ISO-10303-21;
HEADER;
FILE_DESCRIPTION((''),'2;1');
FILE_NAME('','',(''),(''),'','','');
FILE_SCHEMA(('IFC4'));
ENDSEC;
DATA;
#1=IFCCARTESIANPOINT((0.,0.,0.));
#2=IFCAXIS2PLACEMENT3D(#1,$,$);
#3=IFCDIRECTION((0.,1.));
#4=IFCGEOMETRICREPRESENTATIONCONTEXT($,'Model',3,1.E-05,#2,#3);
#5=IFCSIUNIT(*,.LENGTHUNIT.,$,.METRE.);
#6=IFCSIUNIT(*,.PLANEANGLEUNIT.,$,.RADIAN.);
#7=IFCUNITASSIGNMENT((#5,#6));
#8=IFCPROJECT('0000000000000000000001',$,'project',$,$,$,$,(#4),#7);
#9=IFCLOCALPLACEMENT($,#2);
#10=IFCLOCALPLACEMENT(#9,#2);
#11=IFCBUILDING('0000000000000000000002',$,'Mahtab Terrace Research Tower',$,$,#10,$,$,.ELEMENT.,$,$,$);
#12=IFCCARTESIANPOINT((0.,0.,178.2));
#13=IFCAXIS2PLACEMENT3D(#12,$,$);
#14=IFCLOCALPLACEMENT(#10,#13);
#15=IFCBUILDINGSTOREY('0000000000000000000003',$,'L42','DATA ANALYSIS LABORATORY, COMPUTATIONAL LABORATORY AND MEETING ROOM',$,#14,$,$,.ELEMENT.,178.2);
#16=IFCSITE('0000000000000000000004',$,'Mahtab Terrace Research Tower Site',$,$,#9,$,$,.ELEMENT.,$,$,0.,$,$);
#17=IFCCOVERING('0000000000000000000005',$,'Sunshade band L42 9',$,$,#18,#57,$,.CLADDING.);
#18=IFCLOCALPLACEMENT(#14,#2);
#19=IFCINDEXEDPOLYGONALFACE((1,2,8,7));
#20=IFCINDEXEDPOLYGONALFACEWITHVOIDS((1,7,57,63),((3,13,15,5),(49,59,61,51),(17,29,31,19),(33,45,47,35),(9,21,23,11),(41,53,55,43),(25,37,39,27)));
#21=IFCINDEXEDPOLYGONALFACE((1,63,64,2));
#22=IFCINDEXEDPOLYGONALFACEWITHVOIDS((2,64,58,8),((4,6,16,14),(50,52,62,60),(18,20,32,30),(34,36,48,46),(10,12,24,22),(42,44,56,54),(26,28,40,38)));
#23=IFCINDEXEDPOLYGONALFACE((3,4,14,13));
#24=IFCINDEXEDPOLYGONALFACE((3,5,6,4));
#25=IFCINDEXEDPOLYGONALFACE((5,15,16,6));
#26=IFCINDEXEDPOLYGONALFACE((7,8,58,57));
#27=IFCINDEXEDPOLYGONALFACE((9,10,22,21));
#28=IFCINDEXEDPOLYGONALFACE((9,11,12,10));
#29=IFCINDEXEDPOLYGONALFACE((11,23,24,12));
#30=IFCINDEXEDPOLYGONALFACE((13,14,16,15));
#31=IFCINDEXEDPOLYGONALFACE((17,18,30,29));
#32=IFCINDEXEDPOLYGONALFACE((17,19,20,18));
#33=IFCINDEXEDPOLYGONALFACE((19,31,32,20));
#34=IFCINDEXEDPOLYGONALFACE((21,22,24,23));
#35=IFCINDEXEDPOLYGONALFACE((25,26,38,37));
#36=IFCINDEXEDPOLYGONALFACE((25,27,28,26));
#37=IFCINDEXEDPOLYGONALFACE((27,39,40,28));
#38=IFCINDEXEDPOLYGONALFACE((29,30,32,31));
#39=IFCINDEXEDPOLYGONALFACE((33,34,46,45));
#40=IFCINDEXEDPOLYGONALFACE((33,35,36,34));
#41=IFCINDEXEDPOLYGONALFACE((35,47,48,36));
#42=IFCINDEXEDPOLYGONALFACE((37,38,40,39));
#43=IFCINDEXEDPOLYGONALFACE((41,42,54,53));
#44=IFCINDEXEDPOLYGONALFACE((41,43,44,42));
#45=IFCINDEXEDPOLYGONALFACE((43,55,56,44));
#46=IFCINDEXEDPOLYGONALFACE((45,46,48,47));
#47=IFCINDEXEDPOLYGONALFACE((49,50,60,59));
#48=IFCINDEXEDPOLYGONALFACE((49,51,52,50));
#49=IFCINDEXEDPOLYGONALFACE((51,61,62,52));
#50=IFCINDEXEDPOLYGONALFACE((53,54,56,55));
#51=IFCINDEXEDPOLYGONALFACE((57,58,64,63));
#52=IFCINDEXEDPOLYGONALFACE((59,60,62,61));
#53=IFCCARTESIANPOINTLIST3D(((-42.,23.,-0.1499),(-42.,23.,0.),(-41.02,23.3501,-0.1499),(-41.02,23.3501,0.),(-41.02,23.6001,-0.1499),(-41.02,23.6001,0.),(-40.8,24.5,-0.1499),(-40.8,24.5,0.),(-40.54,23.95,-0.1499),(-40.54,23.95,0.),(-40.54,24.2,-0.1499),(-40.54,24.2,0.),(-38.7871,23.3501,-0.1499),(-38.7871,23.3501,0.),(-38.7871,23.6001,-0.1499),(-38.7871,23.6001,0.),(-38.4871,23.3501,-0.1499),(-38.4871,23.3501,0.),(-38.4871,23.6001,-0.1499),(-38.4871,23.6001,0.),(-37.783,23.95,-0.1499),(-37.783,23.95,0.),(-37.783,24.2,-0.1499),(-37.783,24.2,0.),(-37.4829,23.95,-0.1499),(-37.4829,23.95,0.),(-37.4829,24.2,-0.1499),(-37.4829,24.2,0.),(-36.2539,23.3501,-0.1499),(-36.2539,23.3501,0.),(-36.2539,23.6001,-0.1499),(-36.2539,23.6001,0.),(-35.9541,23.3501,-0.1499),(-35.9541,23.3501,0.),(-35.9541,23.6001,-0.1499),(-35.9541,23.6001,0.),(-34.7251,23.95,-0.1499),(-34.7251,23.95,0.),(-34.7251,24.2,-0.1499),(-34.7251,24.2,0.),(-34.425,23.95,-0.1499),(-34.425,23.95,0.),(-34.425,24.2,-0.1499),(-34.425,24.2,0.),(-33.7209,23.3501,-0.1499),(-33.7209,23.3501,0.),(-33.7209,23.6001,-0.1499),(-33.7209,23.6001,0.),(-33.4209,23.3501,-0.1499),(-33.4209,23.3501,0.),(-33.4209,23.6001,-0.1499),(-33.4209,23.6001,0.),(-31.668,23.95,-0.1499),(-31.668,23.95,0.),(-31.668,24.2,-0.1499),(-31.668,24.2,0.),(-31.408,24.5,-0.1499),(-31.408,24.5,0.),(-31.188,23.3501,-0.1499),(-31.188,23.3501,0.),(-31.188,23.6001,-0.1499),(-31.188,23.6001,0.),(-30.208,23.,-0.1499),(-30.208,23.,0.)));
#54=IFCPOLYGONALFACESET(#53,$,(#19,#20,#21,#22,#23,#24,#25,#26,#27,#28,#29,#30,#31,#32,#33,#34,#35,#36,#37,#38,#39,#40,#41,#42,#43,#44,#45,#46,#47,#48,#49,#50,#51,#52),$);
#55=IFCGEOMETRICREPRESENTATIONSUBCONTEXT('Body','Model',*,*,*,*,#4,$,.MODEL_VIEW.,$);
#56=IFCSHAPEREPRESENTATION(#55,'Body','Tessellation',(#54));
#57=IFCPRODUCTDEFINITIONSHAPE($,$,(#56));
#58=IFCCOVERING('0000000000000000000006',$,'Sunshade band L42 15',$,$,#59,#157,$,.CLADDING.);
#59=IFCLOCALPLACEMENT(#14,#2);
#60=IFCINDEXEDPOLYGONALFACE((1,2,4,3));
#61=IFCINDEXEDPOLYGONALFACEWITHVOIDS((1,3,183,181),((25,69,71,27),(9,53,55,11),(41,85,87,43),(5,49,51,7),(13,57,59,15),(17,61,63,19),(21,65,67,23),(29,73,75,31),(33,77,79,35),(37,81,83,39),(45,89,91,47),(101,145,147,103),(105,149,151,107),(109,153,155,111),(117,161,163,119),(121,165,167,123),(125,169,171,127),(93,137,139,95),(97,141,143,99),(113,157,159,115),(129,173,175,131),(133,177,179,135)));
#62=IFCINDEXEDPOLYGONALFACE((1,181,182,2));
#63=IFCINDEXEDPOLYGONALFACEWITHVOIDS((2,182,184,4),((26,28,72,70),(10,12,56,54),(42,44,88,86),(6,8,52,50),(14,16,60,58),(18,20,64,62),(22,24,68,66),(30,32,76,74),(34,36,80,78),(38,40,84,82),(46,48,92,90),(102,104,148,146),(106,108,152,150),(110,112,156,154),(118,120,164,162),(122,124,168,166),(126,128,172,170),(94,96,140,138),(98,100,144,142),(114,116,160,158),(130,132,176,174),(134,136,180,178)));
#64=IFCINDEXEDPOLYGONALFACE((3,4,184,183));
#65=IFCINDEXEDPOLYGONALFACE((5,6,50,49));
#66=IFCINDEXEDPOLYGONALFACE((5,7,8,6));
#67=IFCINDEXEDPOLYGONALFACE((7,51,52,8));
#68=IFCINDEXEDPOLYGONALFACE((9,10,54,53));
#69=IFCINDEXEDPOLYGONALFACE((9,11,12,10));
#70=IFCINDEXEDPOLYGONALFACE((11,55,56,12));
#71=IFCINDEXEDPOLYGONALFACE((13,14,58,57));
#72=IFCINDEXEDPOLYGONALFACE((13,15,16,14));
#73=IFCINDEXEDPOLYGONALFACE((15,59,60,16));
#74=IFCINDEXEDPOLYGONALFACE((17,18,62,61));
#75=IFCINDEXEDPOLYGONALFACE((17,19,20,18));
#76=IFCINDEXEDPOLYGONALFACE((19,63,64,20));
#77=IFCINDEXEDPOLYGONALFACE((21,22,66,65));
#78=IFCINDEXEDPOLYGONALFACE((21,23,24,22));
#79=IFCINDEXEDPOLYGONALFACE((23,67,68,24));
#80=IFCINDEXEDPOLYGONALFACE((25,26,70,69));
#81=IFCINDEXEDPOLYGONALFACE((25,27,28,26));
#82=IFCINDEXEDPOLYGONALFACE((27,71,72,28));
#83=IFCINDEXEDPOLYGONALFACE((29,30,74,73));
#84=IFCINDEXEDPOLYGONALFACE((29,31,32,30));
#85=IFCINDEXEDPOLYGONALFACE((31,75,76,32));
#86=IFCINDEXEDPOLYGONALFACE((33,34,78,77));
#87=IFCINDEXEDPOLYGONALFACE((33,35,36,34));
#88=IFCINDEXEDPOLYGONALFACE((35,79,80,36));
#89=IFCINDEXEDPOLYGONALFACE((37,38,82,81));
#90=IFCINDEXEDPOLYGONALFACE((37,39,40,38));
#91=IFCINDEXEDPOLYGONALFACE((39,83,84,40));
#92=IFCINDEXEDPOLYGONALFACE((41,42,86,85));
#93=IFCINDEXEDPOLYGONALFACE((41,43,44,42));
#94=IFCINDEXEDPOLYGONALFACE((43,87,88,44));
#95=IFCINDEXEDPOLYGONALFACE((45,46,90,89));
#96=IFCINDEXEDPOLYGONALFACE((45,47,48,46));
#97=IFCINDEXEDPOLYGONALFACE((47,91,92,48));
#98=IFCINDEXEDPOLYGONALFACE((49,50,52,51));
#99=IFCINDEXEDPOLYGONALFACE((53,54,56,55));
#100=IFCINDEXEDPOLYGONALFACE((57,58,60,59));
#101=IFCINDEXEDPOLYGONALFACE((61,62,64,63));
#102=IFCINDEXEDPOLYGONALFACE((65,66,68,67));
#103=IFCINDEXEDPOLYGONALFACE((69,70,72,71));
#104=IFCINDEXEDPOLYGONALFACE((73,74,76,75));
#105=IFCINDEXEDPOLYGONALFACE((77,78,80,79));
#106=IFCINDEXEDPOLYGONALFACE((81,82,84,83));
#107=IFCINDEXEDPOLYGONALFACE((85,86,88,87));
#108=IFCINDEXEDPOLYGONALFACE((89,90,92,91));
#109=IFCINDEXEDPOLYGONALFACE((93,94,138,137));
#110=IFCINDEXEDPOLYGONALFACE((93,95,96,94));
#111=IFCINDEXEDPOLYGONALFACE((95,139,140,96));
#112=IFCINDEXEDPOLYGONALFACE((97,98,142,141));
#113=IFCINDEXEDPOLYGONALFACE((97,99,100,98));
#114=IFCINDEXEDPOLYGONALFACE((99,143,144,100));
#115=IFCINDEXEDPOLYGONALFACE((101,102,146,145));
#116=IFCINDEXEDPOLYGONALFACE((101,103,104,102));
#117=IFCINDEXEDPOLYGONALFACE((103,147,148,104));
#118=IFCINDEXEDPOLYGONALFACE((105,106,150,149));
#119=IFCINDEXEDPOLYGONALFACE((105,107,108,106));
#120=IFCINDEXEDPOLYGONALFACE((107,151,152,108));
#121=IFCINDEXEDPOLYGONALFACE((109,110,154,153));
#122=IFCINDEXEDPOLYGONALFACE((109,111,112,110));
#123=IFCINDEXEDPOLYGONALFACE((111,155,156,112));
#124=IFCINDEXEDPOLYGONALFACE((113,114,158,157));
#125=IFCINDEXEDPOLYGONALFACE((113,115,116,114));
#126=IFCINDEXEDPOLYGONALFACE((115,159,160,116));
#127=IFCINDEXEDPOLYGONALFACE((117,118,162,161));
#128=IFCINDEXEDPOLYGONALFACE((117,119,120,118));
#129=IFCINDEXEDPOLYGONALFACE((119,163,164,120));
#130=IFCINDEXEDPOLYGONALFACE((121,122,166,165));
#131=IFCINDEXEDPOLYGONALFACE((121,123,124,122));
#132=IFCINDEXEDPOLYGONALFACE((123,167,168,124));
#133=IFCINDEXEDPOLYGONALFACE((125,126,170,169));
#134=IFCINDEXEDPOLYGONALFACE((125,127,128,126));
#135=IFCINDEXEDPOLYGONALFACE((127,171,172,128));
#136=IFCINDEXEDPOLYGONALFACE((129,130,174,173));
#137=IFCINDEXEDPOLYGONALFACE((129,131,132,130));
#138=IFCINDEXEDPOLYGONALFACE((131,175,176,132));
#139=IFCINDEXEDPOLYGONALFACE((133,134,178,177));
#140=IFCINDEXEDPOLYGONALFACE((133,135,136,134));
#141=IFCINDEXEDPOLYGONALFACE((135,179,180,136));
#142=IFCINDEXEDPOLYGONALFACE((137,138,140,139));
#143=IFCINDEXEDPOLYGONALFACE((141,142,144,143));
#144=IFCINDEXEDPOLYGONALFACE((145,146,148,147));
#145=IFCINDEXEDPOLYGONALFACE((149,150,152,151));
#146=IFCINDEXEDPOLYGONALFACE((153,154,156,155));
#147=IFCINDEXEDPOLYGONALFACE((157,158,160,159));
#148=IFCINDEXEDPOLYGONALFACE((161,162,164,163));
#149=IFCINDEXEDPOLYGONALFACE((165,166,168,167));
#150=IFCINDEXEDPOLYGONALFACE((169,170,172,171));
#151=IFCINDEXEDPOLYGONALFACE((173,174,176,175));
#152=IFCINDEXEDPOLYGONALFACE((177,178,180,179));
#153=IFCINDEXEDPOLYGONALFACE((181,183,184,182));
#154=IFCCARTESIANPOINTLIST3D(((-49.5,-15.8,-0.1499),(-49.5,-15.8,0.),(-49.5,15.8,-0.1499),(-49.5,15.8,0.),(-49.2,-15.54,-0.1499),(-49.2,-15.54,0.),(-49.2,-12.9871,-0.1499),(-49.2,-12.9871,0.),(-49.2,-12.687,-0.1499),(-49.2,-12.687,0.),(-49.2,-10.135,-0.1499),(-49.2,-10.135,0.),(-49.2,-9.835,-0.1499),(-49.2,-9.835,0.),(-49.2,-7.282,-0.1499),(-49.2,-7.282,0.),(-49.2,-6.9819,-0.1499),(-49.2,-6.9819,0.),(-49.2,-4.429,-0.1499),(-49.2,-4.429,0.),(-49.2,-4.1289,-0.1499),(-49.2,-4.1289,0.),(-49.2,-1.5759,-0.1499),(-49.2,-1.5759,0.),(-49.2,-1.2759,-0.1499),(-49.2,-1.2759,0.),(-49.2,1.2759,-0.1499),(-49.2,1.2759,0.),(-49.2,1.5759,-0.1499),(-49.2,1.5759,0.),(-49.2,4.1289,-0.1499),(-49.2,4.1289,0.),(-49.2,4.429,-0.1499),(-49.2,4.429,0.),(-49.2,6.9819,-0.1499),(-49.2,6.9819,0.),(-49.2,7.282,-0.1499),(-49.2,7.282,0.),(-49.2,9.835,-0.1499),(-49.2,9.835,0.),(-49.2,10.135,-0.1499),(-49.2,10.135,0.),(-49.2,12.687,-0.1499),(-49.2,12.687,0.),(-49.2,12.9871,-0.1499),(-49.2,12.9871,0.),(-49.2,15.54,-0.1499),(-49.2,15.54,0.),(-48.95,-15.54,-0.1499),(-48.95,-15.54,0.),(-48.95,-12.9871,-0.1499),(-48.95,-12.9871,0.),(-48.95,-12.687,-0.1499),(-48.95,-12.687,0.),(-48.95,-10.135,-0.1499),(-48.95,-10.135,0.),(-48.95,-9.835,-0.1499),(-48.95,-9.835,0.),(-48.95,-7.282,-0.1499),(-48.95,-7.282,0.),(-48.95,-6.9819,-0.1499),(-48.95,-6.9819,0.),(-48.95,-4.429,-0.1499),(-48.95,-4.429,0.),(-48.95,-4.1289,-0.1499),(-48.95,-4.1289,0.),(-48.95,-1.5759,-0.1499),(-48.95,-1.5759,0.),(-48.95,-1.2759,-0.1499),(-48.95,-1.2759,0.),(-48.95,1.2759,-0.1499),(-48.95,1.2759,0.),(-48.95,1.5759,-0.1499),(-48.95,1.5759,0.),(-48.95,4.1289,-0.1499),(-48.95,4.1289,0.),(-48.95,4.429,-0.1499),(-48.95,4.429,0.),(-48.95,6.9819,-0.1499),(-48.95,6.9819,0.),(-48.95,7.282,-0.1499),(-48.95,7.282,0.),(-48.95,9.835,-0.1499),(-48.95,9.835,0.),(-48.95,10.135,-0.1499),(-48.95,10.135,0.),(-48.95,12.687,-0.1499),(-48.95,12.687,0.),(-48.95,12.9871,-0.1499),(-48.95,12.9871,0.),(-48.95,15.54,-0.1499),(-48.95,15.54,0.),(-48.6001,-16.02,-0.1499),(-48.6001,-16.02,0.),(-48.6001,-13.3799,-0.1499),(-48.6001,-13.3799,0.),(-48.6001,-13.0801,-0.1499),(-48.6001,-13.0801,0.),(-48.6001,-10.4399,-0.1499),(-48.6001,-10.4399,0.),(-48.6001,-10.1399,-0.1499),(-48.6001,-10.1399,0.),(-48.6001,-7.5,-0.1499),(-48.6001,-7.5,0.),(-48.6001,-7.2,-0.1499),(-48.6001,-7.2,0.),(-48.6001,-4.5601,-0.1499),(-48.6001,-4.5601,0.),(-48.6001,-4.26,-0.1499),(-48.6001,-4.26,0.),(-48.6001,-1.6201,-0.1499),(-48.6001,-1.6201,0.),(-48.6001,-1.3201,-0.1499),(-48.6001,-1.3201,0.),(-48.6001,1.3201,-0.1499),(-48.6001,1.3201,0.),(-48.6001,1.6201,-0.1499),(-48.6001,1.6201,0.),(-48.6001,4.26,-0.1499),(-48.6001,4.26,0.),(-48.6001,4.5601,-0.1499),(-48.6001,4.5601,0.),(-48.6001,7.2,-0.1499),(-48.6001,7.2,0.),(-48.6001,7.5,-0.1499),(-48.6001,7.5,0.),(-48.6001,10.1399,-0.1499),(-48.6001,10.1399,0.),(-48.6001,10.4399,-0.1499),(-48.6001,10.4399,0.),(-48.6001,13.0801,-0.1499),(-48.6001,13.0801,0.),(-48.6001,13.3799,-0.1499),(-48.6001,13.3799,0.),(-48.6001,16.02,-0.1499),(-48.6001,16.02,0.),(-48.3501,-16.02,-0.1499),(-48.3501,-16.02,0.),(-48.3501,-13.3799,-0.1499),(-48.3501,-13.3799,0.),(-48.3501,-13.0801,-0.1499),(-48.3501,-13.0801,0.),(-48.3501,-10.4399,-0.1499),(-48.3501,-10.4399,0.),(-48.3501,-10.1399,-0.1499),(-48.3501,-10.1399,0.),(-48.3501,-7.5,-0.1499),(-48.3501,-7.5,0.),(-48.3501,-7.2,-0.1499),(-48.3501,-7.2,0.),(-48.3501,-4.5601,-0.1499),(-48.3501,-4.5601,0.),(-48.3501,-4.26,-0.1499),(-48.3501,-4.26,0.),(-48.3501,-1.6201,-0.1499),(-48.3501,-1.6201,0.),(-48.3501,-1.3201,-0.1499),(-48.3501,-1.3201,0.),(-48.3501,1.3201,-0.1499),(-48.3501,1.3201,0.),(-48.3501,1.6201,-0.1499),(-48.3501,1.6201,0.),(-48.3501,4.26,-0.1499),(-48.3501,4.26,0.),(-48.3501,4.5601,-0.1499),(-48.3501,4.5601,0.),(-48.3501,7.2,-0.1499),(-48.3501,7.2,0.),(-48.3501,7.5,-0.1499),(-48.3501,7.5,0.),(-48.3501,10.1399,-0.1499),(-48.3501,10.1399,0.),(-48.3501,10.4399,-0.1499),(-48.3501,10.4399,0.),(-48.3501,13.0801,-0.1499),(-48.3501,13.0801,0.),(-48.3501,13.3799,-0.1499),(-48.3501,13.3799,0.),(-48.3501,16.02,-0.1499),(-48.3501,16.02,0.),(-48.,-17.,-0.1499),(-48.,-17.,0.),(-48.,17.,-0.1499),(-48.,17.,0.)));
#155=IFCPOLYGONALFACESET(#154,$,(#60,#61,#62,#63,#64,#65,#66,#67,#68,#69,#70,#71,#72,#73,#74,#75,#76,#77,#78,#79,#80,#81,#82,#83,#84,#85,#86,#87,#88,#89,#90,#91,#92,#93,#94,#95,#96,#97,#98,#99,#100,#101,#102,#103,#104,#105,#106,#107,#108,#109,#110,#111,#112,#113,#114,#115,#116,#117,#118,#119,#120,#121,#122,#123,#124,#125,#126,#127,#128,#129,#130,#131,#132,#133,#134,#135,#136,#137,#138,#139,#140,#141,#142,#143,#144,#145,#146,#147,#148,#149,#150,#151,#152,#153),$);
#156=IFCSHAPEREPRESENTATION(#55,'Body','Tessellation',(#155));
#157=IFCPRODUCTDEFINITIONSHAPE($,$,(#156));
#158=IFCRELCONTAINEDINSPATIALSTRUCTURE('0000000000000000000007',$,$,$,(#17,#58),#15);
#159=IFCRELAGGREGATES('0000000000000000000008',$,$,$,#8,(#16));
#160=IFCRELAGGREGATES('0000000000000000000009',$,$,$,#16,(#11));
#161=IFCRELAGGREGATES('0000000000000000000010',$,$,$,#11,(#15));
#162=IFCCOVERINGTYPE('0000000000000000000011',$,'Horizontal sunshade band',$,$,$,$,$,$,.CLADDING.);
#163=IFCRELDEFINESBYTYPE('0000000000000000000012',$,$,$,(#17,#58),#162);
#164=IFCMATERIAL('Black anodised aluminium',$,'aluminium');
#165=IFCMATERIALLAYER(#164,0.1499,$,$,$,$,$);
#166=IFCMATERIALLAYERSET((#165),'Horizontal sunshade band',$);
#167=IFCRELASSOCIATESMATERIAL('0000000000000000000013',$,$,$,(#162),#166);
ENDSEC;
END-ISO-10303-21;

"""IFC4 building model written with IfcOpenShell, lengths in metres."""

from ifc_helpers import new_model, si_unit, direction, frame, origin, place, context, subcontext, project, spatial, polyline, outline, extrude, material, layer, layer_set, type_object, element, save


model = new_model("IFC4")

# Units and contexts
model_context = context("Model", 3, precision=1e-05, world=origin(), true_north=direction((0.0, 1.0)))
body_context = subcontext(model_context, "Body", "Model", "MODEL_VIEW")
ifc_project = project(units=[si_unit("LENGTHUNIT", "METRE"), si_unit("PLANEANGLEUNIT", "RADIAN")], contexts=[model_context])

# Site, building, storey
site_placement = place(None, origin())
site = spatial("IfcSite", under=ifc_project, at=site_placement, Name="Mahtab Terrace Research Tower Site", CompositionType="ELEMENT", RefElevation=0.0)
building_placement = place(site_placement, origin())
building = spatial("IfcBuilding", under=site, at=building_placement, Name="Mahtab Terrace Research Tower", CompositionType="ELEMENT")
storey_placement = place(building_placement, frame((0.0, 0.0, 178.2)))
storey = spatial("IfcBuildingStorey", under=building, at=storey_placement, Name="L42", Description="DATA ANALYSIS LABORATORY, COMPUTATIONAL LABORATORY AND MEETING ROOM", CompositionType="ELEMENT", Elevation=178.2)

# Coverings
ifc_material_1 = material(Name="Black anodised aluminium", Category="aluminium")
ifc_layer_1 = layer(ifc_material_1, 0.1499)
ifc_layer_set_1 = layer_set([ifc_layer_1], Name="Horizontal sunshade band")
covering_type = type_object("IfcCoveringType", Name="Horizontal sunshade band", PredefinedType="CLADDING", material=ifc_layer_set_1)
covering_1_placement = place(storey_placement, frame((0.0, 0.0, -0.1499)))
element("IfcCovering", 1, at=covering_1_placement, inside=storey, type_object=covering_type, Name="Sunshade band L42 9", PredefinedType="CLADDING", context=body_context, shape_type="SweptSolid", body=[
    extrude(outline(polyline([(-30.208, 23.0), (-42.0, 23.0), (-40.8, 24.5), (-31.408, 24.5), (-30.208, 23.0)]), holes=[polyline([(-31.188, 23.3501), (-33.4209, 23.3501), (-33.4209, 23.6001), (-31.188, 23.6001), (-31.188, 23.3501)]), polyline([(-33.7209, 23.3501), (-35.9541, 23.3501), (-35.9541, 23.6001), (-33.7209, 23.6001), (-33.7209, 23.3501)]), polyline([(-36.2539, 23.3501), (-38.4871, 23.3501), (-38.4871, 23.6001), (-36.2539, 23.6001), (-36.2539, 23.3501)]), polyline([(-38.7871, 23.3501), (-41.02, 23.3501), (-41.02, 23.6001), (-38.7871, 23.6001), (-38.7871, 23.3501)]), polyline([(-31.668, 23.95), (-34.425, 23.95), (-34.425, 24.2), (-31.668, 24.2), (-31.668, 23.95)]), polyline([(-34.7251, 23.95), (-37.4829, 23.95), (-37.4829, 24.2), (-34.7251, 24.2), (-34.7251, 23.95)]), polyline([(-37.783, 23.95), (-40.54, 23.95), (-40.54, 24.2), (-37.783, 24.2), (-37.783, 23.95)])]), origin(), (0.0, 0.0, 1.0), 0.1499),
])
covering_2_placement = place(storey_placement, frame((0.0, 0.0, -0.1499)))
element("IfcCovering", 2, at=covering_2_placement, inside=storey, type_object=covering_type, Name="Sunshade band L42 15", PredefinedType="CLADDING", context=body_context, shape_type="SweptSolid", body=[
    extrude(outline(polyline([(-48.0, 17.0), (-48.0, -17.0), (-49.5, -15.8), (-49.5, 15.8), (-48.0, 17.0)]), holes=[polyline([(-48.3501, 16.02), (-48.3501, 13.3799), (-48.6001, 13.3799), (-48.6001, 16.02), (-48.3501, 16.02)]), polyline([(-48.3501, 13.0801), (-48.3501, 10.4399), (-48.6001, 10.4399), (-48.6001, 13.0801), (-48.3501, 13.0801)]), polyline([(-48.3501, 10.1399), (-48.3501, 7.5), (-48.6001, 7.5), (-48.6001, 10.1399), (-48.3501, 10.1399)]), polyline([(-48.3501, 7.2), (-48.3501, 4.5601), (-48.6001, 4.5601), (-48.6001, 7.2), (-48.3501, 7.2)]), polyline([(-48.3501, 4.26), (-48.3501, 1.6201), (-48.6001, 1.6201), (-48.6001, 4.26), (-48.3501, 4.26)]), polyline([(-48.3501, 1.3201), (-48.3501, -1.3201), (-48.6001, -1.3201), (-48.6001, 1.3201), (-48.3501, 1.3201)]), polyline([(-48.3501, -1.6201), (-48.3501, -4.26), (-48.6001, -4.26), (-48.6001, -1.6201), (-48.3501, -1.6201)]), polyline([(-48.3501, -4.5601), (-48.3501, -7.2), (-48.6001, -7.2), (-48.6001, -4.5601), (-48.3501, -4.5601)]), polyline([(-48.3501, -7.5), (-48.3501, -10.1399), (-48.6001, -10.1399), (-48.6001, -7.5), (-48.3501, -7.5)]), polyline([(-48.3501, -10.4399), (-48.3501, -13.0801), (-48.6001, -13.0801), (-48.6001, -10.4399), (-48.3501, -10.4399)]), polyline([(-48.3501, -13.3799), (-48.3501, -16.02), (-48.6001, -16.02), (-48.6001, -13.3799), (-48.3501, -13.3799)]), polyline([(-48.95, 15.54), (-48.95, 12.9871), (-49.2, 12.9871), (-49.2, 15.54), (-48.95, 15.54)]), polyline([(-48.95, 12.687), (-48.95, 10.135), (-49.2, 10.135), (-49.2, 12.687), (-48.95, 12.687)]), polyline([(-48.95, 9.835), (-48.95, 7.282), (-49.2, 7.282), (-49.2, 9.835), (-48.95, 9.835)]), polyline([(-48.95, 6.9819), (-48.95, 4.429), (-49.2, 4.429), (-49.2, 6.9819), (-48.95, 6.9819)]), polyline([(-48.95, 4.1289), (-48.95, 1.5759), (-49.2, 1.5759), (-49.2, 4.1289), (-48.95, 4.1289)]), polyline([(-48.95, 1.2759), (-48.95, -1.2759), (-49.2, -1.2759), (-49.2, 1.2759), (-48.95, 1.2759)]), polyline([(-48.95, -1.5759), (-48.95, -4.1289), (-49.2, -4.1289), (-49.2, -1.5759), (-48.95, -1.5759)]), polyline([(-48.95, -4.429), (-48.95, -6.9819), (-49.2, -6.9819), (-49.2, -4.429), (-48.95, -4.429)]), polyline([(-48.95, -7.282), (-48.95, -9.835), (-49.2, -9.835), (-49.2, -7.282), (-48.95, -7.282)]), polyline([(-48.95, -10.135), (-48.95, -12.687), (-49.2, -12.687), (-49.2, -10.135), (-48.95, -10.135)]), polyline([(-48.95, -12.9871), (-48.95, -15.54), (-49.2, -15.54), (-49.2, -12.9871), (-48.95, -12.9871)])]), origin(), (0.0, 0.0, 1.0), 0.1499),
])

save(model, "model.ifc")
